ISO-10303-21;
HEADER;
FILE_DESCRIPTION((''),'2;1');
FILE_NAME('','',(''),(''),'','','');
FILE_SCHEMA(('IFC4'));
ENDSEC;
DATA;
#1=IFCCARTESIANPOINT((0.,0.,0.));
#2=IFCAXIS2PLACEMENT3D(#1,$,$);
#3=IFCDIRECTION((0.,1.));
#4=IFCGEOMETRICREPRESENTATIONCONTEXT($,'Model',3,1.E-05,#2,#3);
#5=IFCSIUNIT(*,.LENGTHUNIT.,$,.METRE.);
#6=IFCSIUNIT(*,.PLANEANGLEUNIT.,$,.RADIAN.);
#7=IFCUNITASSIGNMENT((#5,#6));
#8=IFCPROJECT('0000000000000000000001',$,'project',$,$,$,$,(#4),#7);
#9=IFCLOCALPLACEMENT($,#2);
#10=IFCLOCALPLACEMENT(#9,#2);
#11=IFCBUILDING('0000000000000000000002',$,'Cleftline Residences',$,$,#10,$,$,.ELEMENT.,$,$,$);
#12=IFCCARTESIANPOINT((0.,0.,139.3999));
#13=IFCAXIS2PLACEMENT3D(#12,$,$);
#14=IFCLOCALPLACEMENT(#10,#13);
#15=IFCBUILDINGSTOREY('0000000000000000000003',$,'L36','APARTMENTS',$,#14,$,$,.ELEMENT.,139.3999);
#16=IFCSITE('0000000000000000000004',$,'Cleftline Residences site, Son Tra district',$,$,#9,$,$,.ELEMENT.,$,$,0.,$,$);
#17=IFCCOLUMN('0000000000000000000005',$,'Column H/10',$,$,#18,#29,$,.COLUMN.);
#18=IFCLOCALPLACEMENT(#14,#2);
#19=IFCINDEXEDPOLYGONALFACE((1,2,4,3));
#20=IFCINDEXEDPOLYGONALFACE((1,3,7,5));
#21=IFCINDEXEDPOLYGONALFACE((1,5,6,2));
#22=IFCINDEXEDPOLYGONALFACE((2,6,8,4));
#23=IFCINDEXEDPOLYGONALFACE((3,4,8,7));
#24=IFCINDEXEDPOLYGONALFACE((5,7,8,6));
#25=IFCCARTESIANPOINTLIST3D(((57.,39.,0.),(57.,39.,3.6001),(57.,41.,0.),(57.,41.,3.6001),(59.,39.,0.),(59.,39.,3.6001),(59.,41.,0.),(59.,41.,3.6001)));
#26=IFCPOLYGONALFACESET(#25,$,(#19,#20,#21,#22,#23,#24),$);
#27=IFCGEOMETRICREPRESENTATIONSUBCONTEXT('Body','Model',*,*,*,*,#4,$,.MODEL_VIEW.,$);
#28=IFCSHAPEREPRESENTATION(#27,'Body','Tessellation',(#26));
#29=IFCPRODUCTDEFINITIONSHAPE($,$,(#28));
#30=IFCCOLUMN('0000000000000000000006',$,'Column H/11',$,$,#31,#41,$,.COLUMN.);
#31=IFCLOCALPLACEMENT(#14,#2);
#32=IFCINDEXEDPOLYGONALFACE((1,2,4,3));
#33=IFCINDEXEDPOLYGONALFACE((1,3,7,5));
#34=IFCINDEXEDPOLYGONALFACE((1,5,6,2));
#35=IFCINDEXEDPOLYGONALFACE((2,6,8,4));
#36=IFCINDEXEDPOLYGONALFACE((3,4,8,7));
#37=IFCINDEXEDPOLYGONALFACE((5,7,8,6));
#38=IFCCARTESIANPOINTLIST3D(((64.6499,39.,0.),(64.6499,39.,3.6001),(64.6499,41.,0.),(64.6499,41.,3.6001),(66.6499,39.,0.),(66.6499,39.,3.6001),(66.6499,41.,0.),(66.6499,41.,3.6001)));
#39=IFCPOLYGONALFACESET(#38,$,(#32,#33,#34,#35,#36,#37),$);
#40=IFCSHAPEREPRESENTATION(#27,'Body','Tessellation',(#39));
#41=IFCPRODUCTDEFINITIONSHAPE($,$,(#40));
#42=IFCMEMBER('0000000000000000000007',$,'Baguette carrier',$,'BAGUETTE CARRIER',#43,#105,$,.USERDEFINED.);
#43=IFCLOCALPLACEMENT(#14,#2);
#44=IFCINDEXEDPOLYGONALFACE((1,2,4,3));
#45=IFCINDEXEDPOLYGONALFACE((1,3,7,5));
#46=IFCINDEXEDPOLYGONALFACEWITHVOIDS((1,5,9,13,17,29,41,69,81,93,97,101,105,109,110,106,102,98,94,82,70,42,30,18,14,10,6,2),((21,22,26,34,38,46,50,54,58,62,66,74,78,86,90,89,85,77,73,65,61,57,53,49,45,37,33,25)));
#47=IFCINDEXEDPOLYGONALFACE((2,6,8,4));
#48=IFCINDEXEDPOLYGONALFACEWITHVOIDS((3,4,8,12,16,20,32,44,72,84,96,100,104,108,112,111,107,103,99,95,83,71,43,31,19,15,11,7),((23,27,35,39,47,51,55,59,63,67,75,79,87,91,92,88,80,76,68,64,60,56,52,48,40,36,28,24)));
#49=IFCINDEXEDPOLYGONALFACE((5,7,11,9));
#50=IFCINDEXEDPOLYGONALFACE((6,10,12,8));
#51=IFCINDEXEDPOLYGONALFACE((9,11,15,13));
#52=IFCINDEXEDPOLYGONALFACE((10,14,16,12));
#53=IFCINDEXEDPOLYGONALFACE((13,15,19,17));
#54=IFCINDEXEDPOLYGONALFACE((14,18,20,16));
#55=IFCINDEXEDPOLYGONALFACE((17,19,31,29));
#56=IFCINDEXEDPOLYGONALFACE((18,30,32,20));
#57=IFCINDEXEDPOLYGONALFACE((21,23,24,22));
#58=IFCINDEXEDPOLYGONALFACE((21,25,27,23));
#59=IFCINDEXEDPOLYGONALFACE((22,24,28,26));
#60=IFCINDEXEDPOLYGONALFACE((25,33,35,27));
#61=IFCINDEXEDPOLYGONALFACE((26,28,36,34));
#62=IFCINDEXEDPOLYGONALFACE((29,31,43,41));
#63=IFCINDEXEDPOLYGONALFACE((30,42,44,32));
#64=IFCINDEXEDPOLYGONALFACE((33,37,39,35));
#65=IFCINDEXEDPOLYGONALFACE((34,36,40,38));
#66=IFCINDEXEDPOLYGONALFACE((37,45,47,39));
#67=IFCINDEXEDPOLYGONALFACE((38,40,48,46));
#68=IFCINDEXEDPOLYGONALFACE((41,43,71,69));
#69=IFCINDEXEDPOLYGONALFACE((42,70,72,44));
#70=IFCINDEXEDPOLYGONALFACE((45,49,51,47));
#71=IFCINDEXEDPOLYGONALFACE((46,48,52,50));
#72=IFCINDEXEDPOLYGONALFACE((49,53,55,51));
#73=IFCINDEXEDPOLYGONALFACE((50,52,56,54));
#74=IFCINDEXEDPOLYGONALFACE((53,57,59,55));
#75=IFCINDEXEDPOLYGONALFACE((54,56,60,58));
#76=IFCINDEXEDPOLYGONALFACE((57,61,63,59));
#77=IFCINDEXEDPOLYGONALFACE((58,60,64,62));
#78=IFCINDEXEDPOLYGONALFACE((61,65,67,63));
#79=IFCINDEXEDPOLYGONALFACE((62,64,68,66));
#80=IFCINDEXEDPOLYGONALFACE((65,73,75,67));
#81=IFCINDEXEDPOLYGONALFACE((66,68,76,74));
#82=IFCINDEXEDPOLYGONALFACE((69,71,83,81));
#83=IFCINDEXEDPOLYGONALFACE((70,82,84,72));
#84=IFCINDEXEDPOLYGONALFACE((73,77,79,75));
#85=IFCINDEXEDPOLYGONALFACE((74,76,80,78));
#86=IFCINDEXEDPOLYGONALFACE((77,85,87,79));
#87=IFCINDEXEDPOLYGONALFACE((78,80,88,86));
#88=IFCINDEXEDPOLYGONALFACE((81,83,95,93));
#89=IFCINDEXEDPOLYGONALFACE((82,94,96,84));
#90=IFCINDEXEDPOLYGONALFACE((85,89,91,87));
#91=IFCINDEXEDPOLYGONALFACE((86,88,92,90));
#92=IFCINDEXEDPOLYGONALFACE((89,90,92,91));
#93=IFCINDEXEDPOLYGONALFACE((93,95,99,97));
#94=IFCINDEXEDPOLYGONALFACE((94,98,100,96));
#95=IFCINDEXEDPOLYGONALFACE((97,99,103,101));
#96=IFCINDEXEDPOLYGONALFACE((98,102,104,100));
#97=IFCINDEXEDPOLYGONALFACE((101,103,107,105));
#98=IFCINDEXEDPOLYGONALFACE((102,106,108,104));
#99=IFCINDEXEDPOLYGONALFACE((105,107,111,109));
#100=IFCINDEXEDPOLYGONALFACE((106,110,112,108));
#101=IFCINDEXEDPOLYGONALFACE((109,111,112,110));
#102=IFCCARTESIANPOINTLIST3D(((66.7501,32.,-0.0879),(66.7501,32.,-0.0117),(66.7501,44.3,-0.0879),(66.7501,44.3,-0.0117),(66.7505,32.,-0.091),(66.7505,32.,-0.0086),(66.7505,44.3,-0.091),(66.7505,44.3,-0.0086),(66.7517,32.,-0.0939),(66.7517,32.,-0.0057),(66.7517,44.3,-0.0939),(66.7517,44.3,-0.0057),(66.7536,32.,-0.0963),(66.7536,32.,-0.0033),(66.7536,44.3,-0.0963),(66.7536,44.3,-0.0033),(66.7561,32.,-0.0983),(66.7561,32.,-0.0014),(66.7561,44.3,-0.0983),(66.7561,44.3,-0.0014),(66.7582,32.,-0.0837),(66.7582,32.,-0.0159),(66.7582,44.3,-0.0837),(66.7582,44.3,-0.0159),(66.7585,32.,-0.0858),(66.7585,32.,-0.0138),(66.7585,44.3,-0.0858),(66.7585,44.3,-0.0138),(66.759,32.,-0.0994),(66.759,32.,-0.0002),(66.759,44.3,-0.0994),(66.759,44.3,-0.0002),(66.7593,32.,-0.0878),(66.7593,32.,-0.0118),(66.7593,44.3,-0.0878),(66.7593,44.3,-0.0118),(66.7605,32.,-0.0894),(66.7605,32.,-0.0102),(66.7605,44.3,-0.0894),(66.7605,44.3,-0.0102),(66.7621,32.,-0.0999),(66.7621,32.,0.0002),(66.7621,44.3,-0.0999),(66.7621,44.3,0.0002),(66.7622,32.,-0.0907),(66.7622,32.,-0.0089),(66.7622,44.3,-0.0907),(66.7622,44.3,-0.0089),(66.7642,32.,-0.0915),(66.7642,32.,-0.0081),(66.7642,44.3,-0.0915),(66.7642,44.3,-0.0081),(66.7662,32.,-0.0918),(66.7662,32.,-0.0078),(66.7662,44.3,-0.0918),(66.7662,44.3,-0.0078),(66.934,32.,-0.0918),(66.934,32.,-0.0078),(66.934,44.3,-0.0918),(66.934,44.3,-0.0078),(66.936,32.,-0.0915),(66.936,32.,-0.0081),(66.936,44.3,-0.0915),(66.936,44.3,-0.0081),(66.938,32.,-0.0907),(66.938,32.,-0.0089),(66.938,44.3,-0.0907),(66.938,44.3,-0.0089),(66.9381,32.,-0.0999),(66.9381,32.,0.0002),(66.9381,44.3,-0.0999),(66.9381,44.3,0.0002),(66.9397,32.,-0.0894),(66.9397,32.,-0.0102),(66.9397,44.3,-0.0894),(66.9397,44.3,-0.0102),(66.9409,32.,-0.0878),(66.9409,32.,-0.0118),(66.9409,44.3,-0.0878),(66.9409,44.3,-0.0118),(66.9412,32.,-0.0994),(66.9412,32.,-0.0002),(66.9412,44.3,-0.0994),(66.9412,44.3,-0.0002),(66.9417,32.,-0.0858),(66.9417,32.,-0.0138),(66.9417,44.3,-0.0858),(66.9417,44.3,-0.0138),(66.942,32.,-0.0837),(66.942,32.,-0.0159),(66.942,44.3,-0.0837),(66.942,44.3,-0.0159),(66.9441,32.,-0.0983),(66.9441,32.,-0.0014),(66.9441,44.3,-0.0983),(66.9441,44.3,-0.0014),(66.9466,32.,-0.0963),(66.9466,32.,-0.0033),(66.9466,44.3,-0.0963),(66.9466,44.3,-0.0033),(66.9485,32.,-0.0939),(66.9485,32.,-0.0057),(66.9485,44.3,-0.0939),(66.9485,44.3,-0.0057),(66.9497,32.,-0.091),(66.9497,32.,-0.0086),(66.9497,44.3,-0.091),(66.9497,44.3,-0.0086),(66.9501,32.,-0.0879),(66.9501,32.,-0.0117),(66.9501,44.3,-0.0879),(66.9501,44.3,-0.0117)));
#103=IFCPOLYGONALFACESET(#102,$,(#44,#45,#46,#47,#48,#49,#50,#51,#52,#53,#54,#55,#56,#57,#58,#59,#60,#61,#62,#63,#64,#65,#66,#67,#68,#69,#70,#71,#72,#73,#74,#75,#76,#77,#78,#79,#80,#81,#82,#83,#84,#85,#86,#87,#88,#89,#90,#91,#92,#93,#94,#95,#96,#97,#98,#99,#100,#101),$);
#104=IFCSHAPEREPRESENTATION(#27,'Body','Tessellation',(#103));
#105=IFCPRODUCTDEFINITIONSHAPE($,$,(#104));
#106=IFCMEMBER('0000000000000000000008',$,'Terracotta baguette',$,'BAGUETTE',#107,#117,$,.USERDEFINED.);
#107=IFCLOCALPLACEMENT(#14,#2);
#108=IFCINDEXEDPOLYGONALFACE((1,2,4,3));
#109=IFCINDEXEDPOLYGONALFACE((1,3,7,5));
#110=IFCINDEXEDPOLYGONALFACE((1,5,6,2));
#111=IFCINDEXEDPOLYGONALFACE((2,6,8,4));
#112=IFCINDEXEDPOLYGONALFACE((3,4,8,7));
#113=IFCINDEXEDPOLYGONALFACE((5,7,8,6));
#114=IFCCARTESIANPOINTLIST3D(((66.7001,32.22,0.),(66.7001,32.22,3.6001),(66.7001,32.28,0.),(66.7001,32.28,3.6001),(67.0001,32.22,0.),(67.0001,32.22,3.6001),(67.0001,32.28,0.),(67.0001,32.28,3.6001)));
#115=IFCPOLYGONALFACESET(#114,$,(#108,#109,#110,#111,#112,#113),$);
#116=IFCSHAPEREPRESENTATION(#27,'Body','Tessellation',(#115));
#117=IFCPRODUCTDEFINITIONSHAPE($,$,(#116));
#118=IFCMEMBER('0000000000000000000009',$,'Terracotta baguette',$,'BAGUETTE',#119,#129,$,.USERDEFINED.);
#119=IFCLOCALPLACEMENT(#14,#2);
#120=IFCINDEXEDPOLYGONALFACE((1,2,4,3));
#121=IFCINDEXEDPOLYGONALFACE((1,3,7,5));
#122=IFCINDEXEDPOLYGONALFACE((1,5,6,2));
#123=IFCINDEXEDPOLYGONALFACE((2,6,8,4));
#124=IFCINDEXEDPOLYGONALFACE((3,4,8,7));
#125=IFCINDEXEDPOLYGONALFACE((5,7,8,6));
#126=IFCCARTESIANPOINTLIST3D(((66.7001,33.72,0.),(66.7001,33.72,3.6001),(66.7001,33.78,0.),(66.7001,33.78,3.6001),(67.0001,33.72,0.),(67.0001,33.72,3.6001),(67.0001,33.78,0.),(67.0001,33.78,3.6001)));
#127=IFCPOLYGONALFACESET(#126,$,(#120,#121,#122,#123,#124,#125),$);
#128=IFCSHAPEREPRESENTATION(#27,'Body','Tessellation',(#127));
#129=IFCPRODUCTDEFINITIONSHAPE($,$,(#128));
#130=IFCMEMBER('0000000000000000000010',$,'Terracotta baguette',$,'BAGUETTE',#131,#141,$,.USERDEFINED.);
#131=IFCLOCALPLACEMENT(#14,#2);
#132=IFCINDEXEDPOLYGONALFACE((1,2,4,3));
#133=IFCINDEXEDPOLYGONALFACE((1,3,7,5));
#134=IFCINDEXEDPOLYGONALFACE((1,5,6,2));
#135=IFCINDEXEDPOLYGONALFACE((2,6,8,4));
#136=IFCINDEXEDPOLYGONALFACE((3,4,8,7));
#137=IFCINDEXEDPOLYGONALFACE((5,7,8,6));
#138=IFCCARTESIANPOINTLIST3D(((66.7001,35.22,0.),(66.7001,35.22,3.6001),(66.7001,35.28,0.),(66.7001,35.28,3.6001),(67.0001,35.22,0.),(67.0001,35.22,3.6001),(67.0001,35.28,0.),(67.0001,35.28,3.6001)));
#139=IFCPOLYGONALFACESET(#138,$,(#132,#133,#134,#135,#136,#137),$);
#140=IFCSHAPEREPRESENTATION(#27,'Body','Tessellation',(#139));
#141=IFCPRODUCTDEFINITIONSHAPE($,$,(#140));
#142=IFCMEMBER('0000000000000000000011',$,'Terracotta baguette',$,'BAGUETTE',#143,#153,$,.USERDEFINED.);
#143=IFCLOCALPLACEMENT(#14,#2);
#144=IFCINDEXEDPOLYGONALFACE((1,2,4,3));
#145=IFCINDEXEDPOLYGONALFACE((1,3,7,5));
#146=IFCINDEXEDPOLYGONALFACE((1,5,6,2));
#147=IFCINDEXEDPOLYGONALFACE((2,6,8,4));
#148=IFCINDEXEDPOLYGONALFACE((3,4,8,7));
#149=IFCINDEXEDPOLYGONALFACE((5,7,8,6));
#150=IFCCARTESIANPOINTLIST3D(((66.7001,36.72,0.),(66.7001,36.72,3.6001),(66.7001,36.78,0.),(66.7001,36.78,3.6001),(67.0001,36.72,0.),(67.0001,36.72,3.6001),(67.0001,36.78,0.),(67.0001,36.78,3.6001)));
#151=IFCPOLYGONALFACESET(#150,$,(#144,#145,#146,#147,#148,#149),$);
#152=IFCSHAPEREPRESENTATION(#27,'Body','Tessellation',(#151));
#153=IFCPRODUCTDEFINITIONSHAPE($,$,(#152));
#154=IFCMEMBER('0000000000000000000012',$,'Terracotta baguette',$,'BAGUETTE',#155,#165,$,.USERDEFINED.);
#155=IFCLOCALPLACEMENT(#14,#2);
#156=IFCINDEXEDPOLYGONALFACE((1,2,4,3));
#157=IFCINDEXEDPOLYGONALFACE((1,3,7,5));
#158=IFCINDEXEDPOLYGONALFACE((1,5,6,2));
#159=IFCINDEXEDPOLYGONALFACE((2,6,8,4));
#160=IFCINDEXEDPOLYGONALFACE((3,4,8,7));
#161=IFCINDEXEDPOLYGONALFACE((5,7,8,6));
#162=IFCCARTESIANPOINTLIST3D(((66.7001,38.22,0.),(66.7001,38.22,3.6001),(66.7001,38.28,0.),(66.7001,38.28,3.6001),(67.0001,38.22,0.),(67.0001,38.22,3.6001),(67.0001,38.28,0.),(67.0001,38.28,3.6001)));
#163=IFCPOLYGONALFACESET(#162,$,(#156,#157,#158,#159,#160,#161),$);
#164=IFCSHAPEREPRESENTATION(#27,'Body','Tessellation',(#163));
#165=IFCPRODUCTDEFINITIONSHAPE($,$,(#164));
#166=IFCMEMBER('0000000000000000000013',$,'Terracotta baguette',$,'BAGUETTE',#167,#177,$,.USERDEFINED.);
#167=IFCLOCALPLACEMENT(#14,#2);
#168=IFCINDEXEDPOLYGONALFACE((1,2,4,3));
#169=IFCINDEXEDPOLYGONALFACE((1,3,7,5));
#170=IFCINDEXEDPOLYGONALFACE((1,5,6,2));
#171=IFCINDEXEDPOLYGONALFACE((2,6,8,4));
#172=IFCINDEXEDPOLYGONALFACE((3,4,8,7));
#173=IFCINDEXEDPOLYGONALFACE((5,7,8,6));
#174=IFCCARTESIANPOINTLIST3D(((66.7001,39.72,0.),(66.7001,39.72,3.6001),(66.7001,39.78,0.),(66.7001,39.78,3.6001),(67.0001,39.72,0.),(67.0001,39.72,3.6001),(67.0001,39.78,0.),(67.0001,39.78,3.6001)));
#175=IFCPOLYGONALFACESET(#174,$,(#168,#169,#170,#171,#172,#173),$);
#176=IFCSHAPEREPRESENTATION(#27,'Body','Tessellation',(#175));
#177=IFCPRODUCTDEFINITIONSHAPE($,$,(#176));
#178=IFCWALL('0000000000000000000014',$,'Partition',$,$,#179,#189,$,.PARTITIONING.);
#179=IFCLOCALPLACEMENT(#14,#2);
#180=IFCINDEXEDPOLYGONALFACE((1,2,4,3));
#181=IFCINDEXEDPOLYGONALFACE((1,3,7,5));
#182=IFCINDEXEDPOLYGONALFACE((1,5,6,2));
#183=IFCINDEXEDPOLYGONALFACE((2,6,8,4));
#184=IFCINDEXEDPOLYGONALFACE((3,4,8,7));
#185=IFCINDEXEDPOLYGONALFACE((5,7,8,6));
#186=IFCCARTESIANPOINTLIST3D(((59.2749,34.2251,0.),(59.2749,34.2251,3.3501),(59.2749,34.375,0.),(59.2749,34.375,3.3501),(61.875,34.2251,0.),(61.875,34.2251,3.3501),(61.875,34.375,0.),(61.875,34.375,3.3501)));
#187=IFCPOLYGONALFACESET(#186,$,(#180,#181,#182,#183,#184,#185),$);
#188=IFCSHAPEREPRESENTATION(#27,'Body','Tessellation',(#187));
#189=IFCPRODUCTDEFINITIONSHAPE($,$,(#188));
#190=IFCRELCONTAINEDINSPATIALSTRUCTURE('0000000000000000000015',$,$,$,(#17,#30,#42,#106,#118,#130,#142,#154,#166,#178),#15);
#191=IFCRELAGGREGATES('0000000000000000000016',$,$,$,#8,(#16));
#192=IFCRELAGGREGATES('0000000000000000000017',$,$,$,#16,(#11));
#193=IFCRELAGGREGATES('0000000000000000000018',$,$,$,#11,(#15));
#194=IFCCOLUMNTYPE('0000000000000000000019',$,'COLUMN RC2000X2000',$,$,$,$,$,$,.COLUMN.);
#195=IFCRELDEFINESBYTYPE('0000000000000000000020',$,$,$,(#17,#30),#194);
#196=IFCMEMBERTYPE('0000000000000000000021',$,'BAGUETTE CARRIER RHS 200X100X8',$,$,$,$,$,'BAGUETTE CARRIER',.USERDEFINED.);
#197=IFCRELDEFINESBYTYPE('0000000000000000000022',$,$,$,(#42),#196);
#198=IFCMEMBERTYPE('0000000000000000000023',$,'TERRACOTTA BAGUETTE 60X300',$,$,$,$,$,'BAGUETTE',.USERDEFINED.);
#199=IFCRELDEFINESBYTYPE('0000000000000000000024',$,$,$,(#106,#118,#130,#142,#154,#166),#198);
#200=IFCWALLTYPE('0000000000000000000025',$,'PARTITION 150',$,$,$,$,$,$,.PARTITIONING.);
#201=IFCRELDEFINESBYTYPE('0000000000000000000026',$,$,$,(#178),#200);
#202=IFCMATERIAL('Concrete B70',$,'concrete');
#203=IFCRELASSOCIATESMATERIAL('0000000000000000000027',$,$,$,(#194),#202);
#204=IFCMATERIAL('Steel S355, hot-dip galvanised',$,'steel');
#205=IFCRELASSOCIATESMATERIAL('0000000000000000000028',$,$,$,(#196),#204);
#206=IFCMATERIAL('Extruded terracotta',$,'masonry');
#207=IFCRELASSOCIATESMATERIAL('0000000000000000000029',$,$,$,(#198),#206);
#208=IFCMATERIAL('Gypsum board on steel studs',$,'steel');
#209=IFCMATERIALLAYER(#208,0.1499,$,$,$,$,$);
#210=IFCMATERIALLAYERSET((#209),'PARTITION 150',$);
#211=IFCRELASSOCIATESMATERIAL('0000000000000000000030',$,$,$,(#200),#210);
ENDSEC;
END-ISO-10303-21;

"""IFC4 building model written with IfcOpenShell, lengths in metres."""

from ifc_helpers import new_model, si_unit, direction, frame, frame_2d, origin, origin_2d, place, context, subcontext, project, spatial, rectangle, hollow_rectangle, extrude, material, layer, layer_set, material_profile, profile_set, type_object, element, save


model = new_model("IFC4")

# Units and contexts
model_context = context("Model", 3, precision=1e-05, world=origin(), true_north=direction((0.0, 1.0)))
body_context = subcontext(model_context, "Body", "Model", "MODEL_VIEW")
ifc_project = project(units=[si_unit("LENGTHUNIT", "METRE"), si_unit("PLANEANGLEUNIT", "RADIAN")], contexts=[model_context])

# Site, building, storey
site_placement = place(None, origin())
site = spatial("IfcSite", under=ifc_project, at=site_placement, Name="Cleftline Residences site, Son Tra district", CompositionType="ELEMENT", RefElevation=0.0)
building_placement = place(site_placement, origin())
building = spatial("IfcBuilding", under=site, at=building_placement, Name="Cleftline Residences", CompositionType="ELEMENT")
storey_placement = place(building_placement, frame((0.0, 0.0, 139.3999)))
storey = spatial("IfcBuildingStorey", under=building, at=storey_placement, Name="L36", Description="APARTMENTS", CompositionType="ELEMENT", Elevation=139.3999)

# Columns
ifc_material_1 = material(Name="Concrete B70", Category="concrete")
ifc_material_profile_1 = material_profile(ifc_material_1, rectangle(XDim=2.0, YDim=2.0, at=origin_2d()))
ifc_profile_set_1 = profile_set([ifc_material_profile_1], Name="Concrete B70")
column_type = type_object("IfcColumnType", Name="COLUMN RC2000X2000", PredefinedType="COLUMN", material=ifc_profile_set_1)
for number, where, z_axis, x_axis, name in (
    (1, (58.0, 40.0, 0.0), (0.0, 0.0, 1.0), (1.0, 0.0, 0.0), "Column H/10"),
    (2, (65.6499, 40.0, 0.0), (0.0, 0.0, 1.0), (1.0, 0.0, 0.0), "Column H/11"),
):
    element("IfcColumn", number, at=place(storey_placement, frame(where, z_axis=z_axis, x_axis=x_axis)), inside=storey, type_object=column_type, Name=name, PredefinedType="COLUMN", context=body_context, shape_type="SweptSolid", body=[
        extrude(rectangle(XDim=2.0, YDim=2.0, at=origin_2d()), origin(), (0.0, 0.0, 1.0), 3.6001),
    ])

# Members
ifc_material_2 = material(Name="Steel S355, hot-dip galvanised", Category="steel")
ifc_material_profile_2 = material_profile(ifc_material_2, hollow_rectangle(XDim=0.1001, YDim=0.2, WallThickness=0.0081, InnerFilletRadius=0.0081, OuterFilletRadius=0.012, at=origin_2d()))
ifc_profile_set_2 = profile_set([ifc_material_profile_2], Name="Steel S355, hot-dip galvanised")
member_type_1 = type_object("IfcMemberType", Name="BAGUETTE CARRIER RHS 200X100X8", ElementType="BAGUETTE CARRIER", PredefinedType="USERDEFINED", material=ifc_profile_set_2)
member_placement = place(storey_placement, frame((66.8501, 32.0, -0.0498), z_axis=(0.0, 1.0, 0.0), x_axis=(0.0, 0.0, 1.0)))
element("IfcMember", 3, at=member_placement, inside=storey, type_object=member_type_1, Name="Baguette carrier", ObjectType="BAGUETTE CARRIER", PredefinedType="USERDEFINED", context=body_context, shape_type="SweptSolid", body=[
    extrude(hollow_rectangle(XDim=0.1001, YDim=0.2, WallThickness=0.0081, InnerFilletRadius=0.0081, OuterFilletRadius=0.012, at=origin_2d()), origin(), (0.0, 0.0, 1.0), 12.3),
])
ifc_material_3 = material(Name="Extruded terracotta", Category="masonry")
ifc_material_profile_3 = material_profile(ifc_material_3, rectangle(XDim=0.0601, YDim=0.3, at=origin_2d()))
ifc_profile_set_3 = profile_set([ifc_material_profile_3], Name="Extruded terracotta")
member_type_2 = type_object("IfcMemberType", Name="TERRACOTTA BAGUETTE 60X300", ElementType="BAGUETTE", PredefinedType="USERDEFINED", material=ifc_profile_set_3)
for number, where, z_axis, x_axis, name in (
    (4, (66.8501, 32.25, 0.0), (0.0, 0.0, 1.0), (0.0, 1.0, 0.0), "Terracotta baguette"),
    (5, (66.8501, 33.75, 0.0), (0.0, 0.0, 1.0), (0.0, 1.0, 0.0), "Terracotta baguette"),
    (6, (66.8501, 35.25, 0.0), (0.0, 0.0, 1.0), (0.0, 1.0, 0.0), "Terracotta baguette"),
    (7, (66.8501, 36.75, 0.0), (0.0, 0.0, 1.0), (0.0, 1.0, 0.0), "Terracotta baguette"),
    (8, (66.8501, 38.25, 0.0), (0.0, 0.0, 1.0), (0.0, 1.0, 0.0), "Terracotta baguette"),
    (9, (66.8501, 39.75, 0.0), (0.0, 0.0, 1.0), (0.0, 1.0, 0.0), "Terracotta baguette"),
):
    element("IfcMember", number, at=place(storey_placement, frame(where, z_axis=z_axis, x_axis=x_axis)), inside=storey, type_object=member_type_2, Name=name, ObjectType="BAGUETTE", PredefinedType="USERDEFINED", context=body_context, shape_type="SweptSolid", body=[
        extrude(rectangle(XDim=0.0601, YDim=0.3, at=origin_2d()), origin(), (0.0, 0.0, 1.0), 3.6001),
    ])

# Wall
ifc_material_4 = material(Name="Gypsum board on steel studs", Category="steel")
ifc_layer = layer(ifc_material_4, 0.1499)
ifc_layer_set = layer_set([ifc_layer], Name="PARTITION 150")
wall_type = type_object("IfcWallType", Name="PARTITION 150", PredefinedType="PARTITIONING", material=ifc_layer_set)
wall_1_placement = place(storey_placement, frame((59.2749, 34.3, 0.0), z_axis=(0.0, 0.0, 1.0), x_axis=(1.0, 0.0, 0.0)))
element("IfcWall", 10, at=wall_1_placement, inside=storey, type_object=wall_type, Name="Partition", PredefinedType="PARTITIONING", context=body_context, shape_type="SweptSolid", body=[
    extrude(rectangle(XDim=2.6001, YDim=0.1499, at=frame_2d((1.3, 0.0))), origin(), (0.0, 0.0, 1.0), 3.3501),
])

save(model, "model.ifc")
